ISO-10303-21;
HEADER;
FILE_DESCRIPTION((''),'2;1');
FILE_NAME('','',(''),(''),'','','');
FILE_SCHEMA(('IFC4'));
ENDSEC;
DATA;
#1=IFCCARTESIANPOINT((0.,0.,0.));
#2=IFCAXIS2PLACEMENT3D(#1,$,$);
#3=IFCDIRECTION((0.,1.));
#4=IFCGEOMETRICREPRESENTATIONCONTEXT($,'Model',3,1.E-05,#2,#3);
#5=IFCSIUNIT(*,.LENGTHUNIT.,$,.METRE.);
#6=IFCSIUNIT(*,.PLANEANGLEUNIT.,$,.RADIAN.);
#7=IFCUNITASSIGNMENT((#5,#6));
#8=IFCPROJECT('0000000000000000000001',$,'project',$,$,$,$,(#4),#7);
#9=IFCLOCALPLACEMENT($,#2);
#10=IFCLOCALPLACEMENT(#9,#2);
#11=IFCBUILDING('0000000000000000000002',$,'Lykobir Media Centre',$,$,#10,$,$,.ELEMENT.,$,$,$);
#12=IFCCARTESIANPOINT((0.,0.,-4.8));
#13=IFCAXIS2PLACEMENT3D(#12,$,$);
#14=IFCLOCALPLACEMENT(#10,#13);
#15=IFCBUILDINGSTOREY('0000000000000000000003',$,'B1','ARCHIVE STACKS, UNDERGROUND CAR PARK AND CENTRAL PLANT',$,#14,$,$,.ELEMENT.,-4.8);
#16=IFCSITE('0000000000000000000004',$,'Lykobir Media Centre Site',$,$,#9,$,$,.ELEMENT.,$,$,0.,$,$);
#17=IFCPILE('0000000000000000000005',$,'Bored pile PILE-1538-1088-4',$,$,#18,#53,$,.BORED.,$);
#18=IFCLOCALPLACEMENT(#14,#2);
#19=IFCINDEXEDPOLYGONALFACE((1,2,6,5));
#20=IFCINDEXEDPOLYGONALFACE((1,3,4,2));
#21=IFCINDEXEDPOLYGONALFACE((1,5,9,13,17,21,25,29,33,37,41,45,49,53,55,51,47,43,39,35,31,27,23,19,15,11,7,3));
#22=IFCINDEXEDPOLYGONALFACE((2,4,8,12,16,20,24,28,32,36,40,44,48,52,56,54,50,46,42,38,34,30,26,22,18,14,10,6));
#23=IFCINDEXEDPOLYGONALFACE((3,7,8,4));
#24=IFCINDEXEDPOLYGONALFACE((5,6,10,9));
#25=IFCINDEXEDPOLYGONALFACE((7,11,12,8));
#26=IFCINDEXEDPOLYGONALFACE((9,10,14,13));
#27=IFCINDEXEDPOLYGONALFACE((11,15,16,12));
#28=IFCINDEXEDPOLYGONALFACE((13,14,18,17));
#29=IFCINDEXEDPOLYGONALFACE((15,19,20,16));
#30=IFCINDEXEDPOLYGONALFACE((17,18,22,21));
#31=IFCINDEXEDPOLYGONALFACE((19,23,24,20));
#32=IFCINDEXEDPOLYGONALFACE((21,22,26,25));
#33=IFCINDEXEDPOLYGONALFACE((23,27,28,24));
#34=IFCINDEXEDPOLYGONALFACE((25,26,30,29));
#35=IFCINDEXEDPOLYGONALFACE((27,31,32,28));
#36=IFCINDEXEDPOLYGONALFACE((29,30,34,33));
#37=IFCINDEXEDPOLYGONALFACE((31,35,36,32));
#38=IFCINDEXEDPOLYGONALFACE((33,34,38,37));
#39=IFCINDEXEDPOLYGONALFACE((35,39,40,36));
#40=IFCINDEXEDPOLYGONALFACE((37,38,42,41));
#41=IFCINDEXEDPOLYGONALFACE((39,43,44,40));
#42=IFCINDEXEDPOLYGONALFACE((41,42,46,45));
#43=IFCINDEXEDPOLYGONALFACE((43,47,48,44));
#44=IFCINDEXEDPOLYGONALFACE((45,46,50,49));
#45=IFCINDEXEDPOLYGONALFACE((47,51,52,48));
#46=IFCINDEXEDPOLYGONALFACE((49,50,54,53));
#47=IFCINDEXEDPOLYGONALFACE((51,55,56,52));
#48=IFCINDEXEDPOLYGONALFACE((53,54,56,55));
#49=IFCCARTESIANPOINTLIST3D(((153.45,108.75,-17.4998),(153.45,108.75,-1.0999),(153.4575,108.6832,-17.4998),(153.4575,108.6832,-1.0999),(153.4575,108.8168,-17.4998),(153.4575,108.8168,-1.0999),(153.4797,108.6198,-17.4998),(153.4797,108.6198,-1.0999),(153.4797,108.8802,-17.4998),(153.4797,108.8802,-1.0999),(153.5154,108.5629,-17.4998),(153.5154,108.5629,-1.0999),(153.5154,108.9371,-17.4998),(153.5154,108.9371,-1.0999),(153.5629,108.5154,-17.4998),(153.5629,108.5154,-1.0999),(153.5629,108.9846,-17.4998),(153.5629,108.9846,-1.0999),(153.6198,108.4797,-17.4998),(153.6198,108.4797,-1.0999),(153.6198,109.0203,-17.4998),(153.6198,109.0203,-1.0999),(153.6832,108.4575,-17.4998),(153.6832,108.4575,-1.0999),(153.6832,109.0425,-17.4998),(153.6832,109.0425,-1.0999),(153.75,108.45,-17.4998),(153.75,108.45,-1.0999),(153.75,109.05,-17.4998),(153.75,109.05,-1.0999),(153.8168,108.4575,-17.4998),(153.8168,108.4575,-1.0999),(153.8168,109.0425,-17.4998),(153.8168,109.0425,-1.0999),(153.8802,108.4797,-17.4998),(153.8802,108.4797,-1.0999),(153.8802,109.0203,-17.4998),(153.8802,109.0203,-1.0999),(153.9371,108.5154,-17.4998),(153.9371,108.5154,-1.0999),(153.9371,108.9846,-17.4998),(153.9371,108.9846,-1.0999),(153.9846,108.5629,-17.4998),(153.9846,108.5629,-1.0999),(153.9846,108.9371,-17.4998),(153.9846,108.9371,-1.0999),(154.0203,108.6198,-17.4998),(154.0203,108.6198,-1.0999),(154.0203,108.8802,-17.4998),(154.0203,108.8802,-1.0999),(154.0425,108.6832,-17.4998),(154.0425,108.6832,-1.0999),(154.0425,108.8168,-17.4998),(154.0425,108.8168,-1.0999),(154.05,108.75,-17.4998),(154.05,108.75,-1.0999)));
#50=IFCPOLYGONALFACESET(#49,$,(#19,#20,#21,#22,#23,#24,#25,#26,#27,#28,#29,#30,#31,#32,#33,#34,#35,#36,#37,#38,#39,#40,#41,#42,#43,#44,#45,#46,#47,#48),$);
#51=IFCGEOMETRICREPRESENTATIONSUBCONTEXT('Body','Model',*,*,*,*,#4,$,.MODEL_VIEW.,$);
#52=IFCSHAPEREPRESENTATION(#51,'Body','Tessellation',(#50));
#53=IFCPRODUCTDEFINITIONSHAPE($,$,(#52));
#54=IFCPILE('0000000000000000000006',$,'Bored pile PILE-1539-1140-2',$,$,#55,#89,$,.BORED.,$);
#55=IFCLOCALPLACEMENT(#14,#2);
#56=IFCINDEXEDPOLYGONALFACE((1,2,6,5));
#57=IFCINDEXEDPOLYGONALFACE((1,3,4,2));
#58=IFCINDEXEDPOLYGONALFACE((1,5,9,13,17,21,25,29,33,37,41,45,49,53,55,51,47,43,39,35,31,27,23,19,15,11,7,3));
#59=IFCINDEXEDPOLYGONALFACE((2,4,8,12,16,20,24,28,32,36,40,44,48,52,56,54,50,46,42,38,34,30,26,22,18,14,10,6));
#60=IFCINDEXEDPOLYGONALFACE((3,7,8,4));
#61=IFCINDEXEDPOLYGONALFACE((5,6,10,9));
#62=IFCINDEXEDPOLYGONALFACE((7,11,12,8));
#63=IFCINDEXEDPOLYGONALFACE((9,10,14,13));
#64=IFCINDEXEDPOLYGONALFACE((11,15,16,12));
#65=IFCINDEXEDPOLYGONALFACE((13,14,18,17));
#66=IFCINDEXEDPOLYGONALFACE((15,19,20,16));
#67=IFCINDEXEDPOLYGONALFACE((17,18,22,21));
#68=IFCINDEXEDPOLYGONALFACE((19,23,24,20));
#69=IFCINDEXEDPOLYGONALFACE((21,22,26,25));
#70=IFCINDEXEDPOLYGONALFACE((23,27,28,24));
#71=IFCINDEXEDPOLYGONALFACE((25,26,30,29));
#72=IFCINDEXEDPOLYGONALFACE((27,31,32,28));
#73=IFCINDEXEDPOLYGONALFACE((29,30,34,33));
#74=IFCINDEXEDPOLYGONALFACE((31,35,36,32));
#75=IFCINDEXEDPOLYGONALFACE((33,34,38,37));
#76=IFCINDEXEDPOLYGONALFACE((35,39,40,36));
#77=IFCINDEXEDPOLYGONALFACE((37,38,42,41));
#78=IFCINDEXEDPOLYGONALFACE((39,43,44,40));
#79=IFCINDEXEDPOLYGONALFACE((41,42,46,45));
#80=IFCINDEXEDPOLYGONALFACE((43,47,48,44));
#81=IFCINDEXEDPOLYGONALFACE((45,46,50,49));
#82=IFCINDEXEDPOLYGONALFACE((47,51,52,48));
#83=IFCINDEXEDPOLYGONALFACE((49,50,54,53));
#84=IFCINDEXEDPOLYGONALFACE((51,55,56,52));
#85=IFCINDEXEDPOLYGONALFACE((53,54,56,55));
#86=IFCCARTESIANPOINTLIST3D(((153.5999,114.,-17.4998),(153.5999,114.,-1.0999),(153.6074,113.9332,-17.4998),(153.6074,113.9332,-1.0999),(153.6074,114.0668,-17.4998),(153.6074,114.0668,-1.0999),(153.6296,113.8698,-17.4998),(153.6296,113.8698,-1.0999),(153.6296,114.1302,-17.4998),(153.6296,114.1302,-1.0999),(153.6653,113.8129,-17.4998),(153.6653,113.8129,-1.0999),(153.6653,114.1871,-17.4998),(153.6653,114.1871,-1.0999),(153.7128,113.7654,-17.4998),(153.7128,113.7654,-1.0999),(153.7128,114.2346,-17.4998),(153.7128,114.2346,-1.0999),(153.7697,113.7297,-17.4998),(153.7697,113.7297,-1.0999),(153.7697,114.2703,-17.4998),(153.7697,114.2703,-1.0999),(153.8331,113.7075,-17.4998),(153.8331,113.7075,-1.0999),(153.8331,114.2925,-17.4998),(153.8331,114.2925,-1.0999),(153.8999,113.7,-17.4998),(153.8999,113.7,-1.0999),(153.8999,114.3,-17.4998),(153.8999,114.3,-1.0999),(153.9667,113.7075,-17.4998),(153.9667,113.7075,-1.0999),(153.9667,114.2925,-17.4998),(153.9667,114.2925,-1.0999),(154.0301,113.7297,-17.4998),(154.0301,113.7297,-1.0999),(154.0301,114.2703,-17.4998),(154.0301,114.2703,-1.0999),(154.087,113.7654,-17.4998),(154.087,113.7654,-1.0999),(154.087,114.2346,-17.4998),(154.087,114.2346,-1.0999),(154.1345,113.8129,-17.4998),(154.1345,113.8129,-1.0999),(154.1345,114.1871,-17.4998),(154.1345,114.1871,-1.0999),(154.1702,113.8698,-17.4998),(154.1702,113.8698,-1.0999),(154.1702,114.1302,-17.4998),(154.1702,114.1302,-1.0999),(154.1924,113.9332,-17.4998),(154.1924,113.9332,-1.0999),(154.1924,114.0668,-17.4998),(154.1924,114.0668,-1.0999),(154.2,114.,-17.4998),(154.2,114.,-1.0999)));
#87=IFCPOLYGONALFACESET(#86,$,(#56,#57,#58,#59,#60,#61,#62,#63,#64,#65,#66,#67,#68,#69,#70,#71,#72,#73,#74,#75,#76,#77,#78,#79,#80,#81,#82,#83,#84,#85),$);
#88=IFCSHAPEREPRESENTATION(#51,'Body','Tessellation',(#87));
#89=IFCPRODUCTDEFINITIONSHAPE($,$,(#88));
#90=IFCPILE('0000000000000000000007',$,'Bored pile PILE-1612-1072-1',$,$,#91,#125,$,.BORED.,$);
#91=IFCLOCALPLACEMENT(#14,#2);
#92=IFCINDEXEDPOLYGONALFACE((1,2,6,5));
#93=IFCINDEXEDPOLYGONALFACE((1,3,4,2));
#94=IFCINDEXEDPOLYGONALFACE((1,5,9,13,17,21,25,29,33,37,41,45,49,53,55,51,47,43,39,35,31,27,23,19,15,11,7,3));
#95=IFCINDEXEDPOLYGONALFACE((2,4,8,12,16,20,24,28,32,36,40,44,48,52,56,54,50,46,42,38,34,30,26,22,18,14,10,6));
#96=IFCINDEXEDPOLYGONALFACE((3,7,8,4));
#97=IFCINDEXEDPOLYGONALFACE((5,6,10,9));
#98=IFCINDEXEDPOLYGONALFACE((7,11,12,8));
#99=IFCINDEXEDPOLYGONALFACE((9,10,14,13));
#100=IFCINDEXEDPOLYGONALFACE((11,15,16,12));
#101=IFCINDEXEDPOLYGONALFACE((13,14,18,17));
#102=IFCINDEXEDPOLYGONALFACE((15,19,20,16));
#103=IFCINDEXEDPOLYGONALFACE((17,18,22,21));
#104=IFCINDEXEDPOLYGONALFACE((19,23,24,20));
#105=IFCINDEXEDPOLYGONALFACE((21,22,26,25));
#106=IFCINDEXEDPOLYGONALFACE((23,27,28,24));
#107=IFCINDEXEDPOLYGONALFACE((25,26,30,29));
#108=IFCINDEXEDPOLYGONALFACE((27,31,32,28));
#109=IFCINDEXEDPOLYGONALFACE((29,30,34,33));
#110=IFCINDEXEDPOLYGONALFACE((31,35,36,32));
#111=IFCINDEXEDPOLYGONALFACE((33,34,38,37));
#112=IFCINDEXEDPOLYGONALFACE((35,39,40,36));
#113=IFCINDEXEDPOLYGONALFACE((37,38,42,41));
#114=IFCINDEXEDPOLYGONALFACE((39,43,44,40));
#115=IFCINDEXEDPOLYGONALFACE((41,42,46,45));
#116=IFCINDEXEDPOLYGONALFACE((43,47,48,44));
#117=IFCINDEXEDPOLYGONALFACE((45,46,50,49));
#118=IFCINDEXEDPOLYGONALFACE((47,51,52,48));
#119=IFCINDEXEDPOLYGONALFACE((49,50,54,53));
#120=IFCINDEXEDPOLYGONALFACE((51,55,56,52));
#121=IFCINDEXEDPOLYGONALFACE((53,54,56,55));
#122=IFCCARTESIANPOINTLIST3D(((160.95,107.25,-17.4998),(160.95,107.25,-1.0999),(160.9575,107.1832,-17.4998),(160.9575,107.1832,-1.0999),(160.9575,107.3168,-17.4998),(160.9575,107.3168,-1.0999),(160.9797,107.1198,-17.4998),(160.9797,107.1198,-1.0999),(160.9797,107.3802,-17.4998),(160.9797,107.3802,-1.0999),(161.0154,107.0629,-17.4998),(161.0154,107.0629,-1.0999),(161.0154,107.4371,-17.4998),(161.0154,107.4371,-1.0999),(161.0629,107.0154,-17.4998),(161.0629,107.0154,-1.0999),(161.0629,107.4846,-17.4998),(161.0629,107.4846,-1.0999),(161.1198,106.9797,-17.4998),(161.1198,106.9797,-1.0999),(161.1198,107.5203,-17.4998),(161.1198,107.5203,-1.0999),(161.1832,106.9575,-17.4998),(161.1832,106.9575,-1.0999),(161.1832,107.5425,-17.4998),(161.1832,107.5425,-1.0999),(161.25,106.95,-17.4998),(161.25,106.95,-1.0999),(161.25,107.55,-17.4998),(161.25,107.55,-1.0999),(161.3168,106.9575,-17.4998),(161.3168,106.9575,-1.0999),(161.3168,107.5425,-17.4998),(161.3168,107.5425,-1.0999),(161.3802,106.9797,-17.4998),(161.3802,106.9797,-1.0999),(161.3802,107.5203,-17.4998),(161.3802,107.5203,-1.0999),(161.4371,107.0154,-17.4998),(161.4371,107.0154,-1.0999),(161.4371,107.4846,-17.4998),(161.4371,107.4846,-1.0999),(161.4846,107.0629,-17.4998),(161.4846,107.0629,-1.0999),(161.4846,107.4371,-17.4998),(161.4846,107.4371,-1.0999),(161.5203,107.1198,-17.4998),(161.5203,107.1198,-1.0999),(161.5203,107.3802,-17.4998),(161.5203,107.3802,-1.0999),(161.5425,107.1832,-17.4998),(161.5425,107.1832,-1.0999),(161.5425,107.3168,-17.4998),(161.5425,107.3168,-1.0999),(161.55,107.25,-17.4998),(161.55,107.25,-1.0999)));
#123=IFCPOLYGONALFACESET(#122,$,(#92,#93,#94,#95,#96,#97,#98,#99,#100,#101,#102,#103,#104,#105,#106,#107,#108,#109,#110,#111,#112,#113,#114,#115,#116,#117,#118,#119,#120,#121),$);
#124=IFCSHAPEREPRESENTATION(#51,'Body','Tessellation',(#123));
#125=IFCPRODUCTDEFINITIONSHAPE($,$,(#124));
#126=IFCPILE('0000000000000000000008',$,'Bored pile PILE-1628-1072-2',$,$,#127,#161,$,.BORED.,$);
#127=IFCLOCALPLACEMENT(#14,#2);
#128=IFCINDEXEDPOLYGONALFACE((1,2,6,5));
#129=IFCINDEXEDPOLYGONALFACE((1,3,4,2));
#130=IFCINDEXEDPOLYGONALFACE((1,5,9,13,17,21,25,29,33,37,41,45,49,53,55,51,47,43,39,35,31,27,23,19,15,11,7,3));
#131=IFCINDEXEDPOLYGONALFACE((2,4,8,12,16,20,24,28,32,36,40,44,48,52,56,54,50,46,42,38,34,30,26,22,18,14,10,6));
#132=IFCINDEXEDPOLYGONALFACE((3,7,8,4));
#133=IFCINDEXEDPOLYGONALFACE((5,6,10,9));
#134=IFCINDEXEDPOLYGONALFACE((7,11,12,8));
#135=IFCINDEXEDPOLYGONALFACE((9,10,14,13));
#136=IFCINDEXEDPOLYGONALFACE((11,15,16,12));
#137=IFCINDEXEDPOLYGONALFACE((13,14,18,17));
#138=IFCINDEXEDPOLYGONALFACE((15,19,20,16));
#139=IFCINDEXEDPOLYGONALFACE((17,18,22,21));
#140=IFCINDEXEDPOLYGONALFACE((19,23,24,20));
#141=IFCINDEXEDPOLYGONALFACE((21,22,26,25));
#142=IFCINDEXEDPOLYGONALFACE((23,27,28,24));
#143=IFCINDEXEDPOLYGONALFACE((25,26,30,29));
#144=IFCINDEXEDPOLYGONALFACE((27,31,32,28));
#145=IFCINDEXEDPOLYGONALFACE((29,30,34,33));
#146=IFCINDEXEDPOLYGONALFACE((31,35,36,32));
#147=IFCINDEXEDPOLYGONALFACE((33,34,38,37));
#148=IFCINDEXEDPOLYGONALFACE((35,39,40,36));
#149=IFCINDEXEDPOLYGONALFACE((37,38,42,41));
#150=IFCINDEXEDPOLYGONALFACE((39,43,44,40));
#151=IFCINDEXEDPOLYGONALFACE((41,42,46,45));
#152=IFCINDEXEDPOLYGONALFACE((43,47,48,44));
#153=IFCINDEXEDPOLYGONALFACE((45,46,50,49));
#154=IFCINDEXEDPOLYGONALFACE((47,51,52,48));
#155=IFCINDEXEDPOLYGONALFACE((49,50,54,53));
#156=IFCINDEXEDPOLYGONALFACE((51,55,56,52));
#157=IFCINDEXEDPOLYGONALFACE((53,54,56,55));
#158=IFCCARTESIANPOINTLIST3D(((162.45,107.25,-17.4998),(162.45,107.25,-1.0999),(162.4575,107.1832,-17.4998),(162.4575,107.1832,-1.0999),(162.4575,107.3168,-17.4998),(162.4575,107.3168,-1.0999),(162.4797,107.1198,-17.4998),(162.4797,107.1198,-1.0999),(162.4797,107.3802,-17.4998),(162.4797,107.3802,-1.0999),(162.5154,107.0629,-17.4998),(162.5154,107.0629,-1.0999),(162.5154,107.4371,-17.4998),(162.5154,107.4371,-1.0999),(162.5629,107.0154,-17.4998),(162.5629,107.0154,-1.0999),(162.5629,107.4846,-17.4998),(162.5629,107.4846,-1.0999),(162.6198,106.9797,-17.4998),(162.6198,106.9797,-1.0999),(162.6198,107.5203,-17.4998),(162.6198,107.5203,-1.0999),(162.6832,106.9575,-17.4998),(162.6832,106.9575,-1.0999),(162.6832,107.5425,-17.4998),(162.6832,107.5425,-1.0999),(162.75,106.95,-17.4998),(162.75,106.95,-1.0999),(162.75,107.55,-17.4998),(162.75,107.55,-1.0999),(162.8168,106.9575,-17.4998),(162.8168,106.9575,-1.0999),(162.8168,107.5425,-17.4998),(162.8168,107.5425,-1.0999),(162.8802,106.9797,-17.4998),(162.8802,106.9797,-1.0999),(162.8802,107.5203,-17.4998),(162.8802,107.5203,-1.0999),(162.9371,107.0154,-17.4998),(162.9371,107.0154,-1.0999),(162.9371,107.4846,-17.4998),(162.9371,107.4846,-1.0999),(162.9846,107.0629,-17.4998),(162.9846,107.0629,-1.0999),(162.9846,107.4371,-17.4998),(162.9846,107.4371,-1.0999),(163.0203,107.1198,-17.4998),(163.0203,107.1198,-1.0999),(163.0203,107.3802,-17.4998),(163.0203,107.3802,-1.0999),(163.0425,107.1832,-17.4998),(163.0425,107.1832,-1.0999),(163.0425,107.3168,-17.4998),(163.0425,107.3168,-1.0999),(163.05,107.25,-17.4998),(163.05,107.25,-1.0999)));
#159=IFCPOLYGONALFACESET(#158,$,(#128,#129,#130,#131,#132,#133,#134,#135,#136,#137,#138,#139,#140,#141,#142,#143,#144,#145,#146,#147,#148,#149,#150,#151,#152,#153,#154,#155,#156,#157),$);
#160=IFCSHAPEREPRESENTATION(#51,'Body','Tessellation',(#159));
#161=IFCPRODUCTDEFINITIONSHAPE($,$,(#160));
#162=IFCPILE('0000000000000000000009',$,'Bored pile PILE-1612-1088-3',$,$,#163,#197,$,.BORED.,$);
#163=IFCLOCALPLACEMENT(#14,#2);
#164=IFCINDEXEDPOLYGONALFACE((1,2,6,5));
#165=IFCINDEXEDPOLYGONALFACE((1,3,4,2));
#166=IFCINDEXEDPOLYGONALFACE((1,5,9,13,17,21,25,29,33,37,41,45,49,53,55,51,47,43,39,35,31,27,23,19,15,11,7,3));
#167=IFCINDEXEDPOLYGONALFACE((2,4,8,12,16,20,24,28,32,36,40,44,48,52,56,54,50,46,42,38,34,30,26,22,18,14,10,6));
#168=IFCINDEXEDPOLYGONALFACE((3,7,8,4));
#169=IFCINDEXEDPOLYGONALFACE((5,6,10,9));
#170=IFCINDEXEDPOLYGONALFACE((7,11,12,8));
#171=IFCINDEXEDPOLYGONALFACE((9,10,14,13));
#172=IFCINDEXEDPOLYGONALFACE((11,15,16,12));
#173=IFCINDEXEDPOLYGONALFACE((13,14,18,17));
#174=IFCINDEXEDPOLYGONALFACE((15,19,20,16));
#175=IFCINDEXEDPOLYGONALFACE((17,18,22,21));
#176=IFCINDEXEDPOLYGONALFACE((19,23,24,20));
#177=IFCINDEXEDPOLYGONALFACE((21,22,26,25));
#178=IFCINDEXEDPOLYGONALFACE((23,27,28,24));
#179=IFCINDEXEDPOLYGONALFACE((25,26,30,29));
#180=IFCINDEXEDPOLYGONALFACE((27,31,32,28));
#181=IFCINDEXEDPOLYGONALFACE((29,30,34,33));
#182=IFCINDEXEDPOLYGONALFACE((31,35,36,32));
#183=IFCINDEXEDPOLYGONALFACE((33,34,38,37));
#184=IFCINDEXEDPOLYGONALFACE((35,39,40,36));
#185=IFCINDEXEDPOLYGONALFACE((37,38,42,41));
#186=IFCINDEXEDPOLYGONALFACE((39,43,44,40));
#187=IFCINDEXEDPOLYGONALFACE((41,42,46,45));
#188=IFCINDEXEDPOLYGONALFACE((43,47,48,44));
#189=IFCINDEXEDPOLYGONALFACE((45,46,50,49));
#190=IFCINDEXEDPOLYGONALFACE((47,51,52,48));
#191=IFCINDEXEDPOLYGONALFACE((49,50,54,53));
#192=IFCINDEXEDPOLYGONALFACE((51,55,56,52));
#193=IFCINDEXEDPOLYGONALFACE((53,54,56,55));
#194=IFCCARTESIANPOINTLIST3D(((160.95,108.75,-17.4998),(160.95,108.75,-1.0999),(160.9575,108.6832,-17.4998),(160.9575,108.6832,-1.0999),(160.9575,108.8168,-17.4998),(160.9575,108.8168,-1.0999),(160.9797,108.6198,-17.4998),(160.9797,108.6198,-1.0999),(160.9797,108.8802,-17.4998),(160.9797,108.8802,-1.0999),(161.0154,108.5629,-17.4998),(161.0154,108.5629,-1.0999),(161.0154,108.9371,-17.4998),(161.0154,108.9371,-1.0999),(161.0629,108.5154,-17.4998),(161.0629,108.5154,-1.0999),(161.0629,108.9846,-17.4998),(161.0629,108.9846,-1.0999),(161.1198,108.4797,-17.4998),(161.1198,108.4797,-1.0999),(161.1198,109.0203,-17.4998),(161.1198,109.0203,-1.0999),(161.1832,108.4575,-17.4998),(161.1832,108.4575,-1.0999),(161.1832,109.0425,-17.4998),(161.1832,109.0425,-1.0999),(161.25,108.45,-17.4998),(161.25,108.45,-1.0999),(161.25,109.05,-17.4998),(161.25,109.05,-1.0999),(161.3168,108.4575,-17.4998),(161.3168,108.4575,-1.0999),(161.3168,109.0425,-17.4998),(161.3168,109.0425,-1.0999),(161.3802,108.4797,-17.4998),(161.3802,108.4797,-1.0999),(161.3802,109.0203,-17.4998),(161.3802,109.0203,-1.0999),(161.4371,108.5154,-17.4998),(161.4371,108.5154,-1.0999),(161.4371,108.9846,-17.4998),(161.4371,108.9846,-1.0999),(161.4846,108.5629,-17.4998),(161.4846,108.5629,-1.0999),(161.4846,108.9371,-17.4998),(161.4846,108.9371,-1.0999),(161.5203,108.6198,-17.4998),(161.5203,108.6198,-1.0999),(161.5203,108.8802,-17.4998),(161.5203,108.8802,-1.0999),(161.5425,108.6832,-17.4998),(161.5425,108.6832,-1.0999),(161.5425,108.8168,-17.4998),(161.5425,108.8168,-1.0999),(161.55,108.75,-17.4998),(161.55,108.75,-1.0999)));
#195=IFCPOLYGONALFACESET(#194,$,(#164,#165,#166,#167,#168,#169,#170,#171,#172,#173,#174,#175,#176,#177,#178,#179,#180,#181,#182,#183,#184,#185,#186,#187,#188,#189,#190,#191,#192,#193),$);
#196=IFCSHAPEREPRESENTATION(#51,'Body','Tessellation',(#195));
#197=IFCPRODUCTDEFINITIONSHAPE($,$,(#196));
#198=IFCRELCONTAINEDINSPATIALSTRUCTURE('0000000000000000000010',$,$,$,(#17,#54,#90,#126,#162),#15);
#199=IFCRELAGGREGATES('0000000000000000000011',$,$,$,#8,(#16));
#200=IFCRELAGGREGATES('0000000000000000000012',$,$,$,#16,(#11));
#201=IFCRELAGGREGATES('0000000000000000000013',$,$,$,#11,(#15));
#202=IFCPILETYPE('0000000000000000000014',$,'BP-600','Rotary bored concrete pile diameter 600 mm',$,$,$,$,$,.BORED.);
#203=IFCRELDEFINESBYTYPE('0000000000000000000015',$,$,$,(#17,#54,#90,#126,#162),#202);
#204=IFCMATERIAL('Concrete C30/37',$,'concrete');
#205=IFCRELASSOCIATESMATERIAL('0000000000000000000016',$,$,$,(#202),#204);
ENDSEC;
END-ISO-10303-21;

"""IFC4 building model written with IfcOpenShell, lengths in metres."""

from ifc_helpers import new_model, si_unit, direction, frame, origin, origin_2d, place, context, subcontext, project, spatial, circle, extrude, material, material_profile, profile_set, type_object, element, save


model = new_model("IFC4")

# Units and contexts
model_context = context("Model", 3, precision=1e-05, world=origin(), true_north=direction((0.0, 1.0)))
body_context = subcontext(model_context, "Body", "Model", "MODEL_VIEW")
ifc_project = project(units=[si_unit("LENGTHUNIT", "METRE"), si_unit("PLANEANGLEUNIT", "RADIAN")], contexts=[model_context])

# Site, building, storey
site_placement = place(None, origin())
site = spatial("IfcSite", under=ifc_project, at=site_placement, Name="Lykobir Media Centre Site", CompositionType="ELEMENT", RefElevation=0.0)
building_placement = place(site_placement, origin())
building = spatial("IfcBuilding", under=site, at=building_placement, Name="Lykobir Media Centre", CompositionType="ELEMENT")
storey_placement = place(building_placement, frame((0.0, 0.0, -4.8)))
storey = spatial("IfcBuildingStorey", under=building, at=storey_placement, Name="B1", Description="ARCHIVE STACKS, UNDERGROUND CAR PARK AND CENTRAL PLANT", CompositionType="ELEMENT", Elevation=-4.8)

# Piles
ifc_material_1 = material(Name="Concrete C30/37", Category="concrete")
ifc_material_profile_1 = material_profile(ifc_material_1, circle(Radius=0.3, at=origin_2d()), Name="BORED PILE D600")
ifc_profile_set_1 = profile_set([ifc_material_profile_1], Name="Concrete C30/37")
pile_type = type_object("IfcPileType", Name="BP-600", Description="Rotary bored concrete pile diameter 600 mm", PredefinedType="BORED", material=ifc_profile_set_1)
for number, where, z_axis, x_axis, name in (
    (1, (153.75, 108.75, -1.0999), (0.0, 0.0, -1.0), (1.0, 0.0, 0.0), "Bored pile PILE-1538-1088-4"),
    (2, (153.8999, 114.0, -1.0999), (0.0, 0.0, -1.0), (1.0, 0.0, 0.0), "Bored pile PILE-1539-1140-2"),
    (3, (161.25, 107.25, -1.0999), (0.0, 0.0, -1.0), (1.0, 0.0, 0.0), "Bored pile PILE-1612-1072-1"),
    (4, (162.75, 107.25, -1.0999), (0.0, 0.0, -1.0), (1.0, 0.0, 0.0), "Bored pile PILE-1628-1072-2"),
    (5, (161.25, 108.75, -1.0999), (0.0, 0.0, -1.0), (1.0, 0.0, 0.0), "Bored pile PILE-1612-1088-3"),
):
    element("IfcPile", number, at=place(storey_placement, frame(where, z_axis=z_axis, x_axis=x_axis)), inside=storey, type_object=pile_type, Name=name, PredefinedType="BORED", context=body_context, shape_type="SweptSolid", body=[
        extrude(circle(Radius=0.3, at=origin_2d()), origin(), (0.0, 0.0, 1.0), 16.3999),
    ])

save(model, "model.ifc")
